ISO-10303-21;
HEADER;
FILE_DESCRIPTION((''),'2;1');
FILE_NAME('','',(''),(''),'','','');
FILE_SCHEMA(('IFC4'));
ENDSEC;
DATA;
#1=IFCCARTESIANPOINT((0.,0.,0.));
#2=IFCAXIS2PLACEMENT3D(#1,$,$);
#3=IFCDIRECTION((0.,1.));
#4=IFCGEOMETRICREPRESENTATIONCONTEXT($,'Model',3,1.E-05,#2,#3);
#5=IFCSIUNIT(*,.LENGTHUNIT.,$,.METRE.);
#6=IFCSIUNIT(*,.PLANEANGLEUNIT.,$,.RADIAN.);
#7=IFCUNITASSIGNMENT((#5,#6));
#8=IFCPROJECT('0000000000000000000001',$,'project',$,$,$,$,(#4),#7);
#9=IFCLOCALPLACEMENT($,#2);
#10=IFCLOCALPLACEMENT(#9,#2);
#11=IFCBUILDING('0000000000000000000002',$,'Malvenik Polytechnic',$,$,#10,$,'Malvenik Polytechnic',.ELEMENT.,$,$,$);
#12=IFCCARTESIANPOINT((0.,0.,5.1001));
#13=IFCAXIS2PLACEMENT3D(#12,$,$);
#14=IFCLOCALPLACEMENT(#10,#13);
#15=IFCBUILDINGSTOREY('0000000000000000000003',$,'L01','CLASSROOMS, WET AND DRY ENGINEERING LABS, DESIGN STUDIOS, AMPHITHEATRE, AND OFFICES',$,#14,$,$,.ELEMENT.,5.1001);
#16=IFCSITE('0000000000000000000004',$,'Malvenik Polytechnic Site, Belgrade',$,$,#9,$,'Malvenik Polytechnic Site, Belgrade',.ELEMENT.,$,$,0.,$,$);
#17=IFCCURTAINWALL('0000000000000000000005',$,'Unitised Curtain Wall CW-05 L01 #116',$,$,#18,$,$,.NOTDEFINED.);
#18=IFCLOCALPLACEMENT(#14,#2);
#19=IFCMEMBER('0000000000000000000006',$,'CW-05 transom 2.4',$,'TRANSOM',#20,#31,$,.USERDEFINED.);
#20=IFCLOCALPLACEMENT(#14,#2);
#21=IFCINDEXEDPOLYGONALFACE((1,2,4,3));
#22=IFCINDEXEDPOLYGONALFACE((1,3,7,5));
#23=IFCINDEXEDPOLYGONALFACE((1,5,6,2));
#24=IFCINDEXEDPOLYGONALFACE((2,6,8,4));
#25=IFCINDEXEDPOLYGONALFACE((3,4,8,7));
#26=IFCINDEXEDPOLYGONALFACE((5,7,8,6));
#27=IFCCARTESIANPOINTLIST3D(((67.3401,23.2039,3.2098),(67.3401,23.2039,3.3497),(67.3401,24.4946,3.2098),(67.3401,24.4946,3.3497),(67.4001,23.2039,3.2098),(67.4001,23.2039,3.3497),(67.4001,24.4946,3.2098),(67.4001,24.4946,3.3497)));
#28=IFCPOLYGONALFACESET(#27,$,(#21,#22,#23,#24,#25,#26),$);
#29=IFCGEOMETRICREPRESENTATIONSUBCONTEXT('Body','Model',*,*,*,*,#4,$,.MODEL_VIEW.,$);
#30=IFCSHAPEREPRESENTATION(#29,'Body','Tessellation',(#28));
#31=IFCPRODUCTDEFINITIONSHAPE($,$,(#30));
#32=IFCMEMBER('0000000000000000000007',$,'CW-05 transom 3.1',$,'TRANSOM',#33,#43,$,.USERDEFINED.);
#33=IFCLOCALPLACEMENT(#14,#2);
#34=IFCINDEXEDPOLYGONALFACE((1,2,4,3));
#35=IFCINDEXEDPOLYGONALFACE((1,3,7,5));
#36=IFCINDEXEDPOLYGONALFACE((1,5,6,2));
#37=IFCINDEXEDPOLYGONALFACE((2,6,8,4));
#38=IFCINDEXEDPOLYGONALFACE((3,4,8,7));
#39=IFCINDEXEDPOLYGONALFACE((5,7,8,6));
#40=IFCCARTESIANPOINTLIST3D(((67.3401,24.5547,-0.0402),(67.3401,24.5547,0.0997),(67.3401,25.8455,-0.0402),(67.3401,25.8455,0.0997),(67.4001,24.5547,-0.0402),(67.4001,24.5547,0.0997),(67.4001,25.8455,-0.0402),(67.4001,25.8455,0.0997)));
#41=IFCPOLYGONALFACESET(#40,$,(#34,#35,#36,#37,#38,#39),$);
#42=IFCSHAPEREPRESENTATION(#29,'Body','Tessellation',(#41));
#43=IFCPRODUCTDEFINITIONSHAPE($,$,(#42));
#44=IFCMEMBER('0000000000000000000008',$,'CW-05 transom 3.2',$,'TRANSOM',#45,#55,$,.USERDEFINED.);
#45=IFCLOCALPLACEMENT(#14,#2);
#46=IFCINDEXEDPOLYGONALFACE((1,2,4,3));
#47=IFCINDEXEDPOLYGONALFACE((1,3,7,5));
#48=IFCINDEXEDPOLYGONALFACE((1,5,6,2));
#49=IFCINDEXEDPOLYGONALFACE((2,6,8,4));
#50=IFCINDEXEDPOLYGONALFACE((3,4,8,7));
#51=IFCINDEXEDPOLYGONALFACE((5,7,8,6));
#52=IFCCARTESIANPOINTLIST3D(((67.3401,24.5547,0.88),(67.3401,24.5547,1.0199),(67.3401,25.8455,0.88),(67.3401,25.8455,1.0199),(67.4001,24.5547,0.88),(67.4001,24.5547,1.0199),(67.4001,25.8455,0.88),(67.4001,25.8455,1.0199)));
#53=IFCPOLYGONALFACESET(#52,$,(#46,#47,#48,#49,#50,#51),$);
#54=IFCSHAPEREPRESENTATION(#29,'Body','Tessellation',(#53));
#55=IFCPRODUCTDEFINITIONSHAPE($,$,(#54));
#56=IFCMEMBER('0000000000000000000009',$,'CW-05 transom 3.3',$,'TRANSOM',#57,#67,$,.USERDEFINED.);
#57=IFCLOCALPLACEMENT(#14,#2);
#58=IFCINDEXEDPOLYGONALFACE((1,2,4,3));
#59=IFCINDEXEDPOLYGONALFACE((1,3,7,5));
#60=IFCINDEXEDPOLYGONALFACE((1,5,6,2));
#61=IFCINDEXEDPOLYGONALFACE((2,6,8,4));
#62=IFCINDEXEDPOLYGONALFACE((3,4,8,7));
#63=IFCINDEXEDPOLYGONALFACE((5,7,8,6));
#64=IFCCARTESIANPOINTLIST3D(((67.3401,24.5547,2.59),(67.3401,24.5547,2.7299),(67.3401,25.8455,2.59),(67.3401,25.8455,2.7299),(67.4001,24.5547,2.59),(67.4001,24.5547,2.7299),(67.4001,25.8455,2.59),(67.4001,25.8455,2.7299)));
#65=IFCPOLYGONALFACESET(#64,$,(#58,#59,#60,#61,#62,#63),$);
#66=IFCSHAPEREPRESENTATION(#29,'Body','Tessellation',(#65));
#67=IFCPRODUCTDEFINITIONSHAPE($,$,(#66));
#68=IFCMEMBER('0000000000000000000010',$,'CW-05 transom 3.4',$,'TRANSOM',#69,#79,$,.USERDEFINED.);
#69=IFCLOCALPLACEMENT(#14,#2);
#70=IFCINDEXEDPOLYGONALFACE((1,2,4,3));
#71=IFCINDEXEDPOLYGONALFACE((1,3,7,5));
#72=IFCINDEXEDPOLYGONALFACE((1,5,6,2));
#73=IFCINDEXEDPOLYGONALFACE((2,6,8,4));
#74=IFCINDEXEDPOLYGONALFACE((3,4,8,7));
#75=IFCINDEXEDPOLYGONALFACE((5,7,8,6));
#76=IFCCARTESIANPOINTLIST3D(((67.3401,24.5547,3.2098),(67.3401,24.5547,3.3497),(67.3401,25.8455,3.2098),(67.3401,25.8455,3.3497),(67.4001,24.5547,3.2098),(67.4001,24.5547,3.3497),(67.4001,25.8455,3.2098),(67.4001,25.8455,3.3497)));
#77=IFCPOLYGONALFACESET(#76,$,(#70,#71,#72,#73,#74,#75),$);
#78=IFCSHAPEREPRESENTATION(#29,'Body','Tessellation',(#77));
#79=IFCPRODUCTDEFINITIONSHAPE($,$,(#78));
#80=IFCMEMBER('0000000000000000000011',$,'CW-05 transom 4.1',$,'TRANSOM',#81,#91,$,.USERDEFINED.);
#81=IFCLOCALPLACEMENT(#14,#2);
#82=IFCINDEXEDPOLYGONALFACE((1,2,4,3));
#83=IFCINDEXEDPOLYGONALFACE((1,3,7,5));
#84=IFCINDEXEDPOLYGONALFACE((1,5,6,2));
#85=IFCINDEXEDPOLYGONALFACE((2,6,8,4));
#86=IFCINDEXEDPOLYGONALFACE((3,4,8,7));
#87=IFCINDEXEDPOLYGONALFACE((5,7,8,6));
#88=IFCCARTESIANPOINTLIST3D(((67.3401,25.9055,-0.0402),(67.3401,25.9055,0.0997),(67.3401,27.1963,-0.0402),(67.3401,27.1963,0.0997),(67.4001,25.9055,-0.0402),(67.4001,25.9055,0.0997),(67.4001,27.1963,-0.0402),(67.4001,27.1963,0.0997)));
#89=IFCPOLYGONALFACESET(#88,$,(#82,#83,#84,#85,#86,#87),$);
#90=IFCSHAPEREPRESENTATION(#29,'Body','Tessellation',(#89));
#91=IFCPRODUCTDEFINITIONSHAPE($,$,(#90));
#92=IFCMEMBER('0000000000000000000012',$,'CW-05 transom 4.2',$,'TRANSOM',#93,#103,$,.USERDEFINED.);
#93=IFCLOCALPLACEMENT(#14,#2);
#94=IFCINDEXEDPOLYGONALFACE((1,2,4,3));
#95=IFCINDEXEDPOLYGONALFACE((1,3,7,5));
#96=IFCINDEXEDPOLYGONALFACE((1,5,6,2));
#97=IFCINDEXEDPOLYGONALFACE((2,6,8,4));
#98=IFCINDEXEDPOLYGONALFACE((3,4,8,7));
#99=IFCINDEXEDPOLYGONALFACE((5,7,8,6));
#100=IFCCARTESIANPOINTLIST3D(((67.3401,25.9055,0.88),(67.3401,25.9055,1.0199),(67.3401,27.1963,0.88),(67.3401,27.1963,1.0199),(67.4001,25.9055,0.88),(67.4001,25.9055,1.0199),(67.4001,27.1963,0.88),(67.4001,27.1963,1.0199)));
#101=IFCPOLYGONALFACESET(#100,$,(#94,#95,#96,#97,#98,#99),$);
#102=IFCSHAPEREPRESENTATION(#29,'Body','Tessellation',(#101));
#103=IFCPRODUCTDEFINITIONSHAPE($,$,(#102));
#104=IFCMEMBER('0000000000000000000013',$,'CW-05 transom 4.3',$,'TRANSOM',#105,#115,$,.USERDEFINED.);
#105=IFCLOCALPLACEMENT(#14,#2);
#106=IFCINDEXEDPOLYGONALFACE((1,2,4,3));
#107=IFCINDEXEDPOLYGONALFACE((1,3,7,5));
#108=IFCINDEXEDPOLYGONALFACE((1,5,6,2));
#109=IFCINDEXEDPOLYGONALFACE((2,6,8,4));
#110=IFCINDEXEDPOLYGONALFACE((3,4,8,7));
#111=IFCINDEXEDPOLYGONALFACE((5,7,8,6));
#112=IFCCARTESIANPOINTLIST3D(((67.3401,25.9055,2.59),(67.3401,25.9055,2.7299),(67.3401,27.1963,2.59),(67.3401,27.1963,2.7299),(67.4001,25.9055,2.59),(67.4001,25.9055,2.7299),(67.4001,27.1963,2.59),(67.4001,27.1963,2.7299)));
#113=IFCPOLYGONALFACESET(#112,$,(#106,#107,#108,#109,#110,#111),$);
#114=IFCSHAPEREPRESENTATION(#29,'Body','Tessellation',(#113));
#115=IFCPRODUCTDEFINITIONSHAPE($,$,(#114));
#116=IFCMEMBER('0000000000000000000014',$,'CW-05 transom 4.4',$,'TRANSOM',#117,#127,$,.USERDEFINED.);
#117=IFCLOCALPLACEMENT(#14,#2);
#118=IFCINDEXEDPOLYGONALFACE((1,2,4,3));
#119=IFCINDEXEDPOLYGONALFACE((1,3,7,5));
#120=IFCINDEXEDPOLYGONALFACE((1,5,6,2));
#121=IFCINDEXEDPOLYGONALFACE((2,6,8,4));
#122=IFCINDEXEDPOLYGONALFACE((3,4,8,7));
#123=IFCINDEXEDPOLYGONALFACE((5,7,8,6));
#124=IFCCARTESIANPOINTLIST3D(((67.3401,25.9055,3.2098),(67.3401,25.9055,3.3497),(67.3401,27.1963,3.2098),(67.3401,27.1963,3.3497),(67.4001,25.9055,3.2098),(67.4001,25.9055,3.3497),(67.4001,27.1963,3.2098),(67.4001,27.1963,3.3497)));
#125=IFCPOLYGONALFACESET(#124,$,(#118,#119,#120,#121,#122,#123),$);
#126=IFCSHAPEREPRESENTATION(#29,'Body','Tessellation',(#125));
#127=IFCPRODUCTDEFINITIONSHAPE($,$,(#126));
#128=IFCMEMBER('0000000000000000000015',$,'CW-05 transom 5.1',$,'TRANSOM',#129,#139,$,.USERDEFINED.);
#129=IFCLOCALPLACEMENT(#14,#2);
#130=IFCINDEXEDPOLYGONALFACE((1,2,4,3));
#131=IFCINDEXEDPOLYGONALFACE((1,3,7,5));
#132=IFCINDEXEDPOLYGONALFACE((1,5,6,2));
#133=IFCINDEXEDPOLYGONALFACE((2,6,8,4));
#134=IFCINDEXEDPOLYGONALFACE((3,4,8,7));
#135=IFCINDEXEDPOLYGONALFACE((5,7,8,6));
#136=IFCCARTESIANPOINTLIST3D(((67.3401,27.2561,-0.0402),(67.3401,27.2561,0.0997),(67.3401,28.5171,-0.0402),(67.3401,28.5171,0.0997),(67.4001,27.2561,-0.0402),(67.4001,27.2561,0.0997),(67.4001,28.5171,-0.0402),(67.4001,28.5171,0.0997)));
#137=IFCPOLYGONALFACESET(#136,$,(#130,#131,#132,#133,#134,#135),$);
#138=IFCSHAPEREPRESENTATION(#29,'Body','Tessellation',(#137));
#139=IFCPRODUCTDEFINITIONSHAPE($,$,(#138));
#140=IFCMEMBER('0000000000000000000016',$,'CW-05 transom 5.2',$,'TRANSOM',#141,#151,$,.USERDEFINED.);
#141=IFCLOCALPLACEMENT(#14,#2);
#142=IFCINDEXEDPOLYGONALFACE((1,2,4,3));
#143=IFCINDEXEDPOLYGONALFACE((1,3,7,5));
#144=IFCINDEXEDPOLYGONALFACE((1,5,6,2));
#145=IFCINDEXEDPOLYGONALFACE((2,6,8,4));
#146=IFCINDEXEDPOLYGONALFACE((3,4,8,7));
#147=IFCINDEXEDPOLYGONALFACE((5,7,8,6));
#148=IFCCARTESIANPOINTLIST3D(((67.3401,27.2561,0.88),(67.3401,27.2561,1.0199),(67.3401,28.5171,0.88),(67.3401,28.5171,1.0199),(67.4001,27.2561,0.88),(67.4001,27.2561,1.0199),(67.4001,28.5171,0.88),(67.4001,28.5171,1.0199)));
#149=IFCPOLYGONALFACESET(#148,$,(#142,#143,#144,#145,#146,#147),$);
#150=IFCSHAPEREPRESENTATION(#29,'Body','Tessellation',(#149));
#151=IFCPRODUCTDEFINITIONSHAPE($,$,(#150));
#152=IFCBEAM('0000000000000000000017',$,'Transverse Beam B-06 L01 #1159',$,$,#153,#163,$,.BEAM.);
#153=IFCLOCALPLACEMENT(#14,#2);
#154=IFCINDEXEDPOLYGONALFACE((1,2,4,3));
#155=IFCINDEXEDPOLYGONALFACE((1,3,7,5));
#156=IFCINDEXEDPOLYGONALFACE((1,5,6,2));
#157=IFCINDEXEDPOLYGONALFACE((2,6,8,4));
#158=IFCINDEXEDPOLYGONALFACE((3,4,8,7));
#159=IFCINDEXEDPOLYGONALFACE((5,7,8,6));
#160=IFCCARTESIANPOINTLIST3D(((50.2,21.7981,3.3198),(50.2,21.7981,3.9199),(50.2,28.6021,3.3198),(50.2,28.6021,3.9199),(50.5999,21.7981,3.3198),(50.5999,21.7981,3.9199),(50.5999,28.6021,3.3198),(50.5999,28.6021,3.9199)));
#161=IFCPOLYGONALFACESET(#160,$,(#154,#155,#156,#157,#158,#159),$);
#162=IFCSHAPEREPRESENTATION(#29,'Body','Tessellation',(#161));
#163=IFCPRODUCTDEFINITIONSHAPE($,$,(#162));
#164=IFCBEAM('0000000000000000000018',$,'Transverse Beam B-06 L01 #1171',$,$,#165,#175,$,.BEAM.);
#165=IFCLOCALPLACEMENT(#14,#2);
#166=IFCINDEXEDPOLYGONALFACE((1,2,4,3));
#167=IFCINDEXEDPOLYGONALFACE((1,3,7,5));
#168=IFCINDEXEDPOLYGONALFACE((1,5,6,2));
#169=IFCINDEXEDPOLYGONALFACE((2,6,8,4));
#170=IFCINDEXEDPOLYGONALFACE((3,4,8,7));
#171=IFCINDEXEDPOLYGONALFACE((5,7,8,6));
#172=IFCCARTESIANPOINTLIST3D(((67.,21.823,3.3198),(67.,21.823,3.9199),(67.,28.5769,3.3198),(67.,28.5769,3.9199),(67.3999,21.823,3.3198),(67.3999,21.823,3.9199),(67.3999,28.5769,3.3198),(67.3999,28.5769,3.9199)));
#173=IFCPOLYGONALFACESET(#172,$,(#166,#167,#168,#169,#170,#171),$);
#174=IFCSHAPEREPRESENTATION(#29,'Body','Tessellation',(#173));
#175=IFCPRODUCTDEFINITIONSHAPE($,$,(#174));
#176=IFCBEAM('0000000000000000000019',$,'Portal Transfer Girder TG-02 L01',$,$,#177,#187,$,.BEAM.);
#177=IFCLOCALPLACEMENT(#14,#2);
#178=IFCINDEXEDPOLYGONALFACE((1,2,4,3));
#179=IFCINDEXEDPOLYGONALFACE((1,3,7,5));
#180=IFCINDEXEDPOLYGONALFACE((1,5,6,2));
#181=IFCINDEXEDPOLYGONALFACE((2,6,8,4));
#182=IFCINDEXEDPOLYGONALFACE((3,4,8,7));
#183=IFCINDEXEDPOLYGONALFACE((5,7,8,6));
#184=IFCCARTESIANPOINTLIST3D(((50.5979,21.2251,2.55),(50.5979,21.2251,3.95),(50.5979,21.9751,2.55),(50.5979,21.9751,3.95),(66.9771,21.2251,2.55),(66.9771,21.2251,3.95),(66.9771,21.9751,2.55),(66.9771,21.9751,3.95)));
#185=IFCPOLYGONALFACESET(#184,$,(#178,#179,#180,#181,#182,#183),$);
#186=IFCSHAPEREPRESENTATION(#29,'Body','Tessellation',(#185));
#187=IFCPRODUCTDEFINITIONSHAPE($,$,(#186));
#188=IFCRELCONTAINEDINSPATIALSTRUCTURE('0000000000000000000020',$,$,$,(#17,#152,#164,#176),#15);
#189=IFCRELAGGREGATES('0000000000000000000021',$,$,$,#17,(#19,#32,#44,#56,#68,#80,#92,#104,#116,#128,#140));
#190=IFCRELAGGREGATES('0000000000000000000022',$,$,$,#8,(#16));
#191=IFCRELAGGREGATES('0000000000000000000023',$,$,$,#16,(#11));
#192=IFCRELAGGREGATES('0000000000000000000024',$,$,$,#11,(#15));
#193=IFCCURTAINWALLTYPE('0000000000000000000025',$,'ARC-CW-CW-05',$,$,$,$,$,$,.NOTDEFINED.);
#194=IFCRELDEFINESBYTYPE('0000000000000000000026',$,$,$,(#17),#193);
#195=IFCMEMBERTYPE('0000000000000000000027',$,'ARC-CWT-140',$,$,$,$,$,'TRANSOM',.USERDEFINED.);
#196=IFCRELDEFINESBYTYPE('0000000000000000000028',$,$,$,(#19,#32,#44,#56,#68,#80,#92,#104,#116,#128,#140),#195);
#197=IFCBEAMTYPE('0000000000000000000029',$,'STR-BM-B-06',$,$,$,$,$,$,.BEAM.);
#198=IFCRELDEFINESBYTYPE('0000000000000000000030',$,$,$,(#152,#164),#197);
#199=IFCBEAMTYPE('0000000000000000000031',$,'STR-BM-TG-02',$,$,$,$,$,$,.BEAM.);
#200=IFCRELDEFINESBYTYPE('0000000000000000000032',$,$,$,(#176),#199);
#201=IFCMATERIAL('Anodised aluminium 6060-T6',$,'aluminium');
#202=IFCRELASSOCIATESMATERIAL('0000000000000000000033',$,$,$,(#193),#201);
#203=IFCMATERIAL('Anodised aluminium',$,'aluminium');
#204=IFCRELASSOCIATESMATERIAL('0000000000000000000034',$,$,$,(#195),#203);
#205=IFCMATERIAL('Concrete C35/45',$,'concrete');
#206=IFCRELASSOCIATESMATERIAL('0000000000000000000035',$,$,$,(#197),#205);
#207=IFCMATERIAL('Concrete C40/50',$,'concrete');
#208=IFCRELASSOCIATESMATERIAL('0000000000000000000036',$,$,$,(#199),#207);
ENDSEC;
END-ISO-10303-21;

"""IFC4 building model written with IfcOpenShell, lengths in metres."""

from ifc_helpers import new_model, si_unit, direction, frame, origin, origin_2d, place, context, subcontext, project, spatial, rectangle, extrude, material, material_profile, profile_set, type_object, element, aggregate, save


model = new_model("IFC4")

# Units and contexts
model_context = context("Model", 3, precision=1e-05, world=origin(), true_north=direction((0.0, 1.0)))
body_context = subcontext(model_context, "Body", "Model", "MODEL_VIEW")
ifc_project = project(units=[si_unit("LENGTHUNIT", "METRE"), si_unit("PLANEANGLEUNIT", "RADIAN")], contexts=[model_context])

# Site, building, storey
site_placement = place(None, origin())
site = spatial("IfcSite", under=ifc_project, at=site_placement, Name="Malvenik Polytechnic Site, Belgrade", LongName="Malvenik Polytechnic Site, Belgrade", CompositionType="ELEMENT", RefElevation=0.0)
building_placement = place(site_placement, origin())
building = spatial("IfcBuilding", under=site, at=building_placement, Name="Malvenik Polytechnic", LongName="Malvenik Polytechnic", CompositionType="ELEMENT")
storey_placement = place(building_placement, frame((0.0, 0.0, 5.1001)))
storey = spatial("IfcBuildingStorey", under=building, at=storey_placement, Name="L01", Description="CLASSROOMS, WET AND DRY ENGINEERING LABS, DESIGN STUDIOS, AMPHITHEATRE, AND OFFICES", CompositionType="ELEMENT", Elevation=5.1001)

# Shared definitions
ifc_material_1 = material(Name="Concrete C35/45", Category="concrete")

# Curtain wall, members
ifc_material_2 = material(Name="Anodised aluminium 6060-T6", Category="aluminium")
curtain_wall_type = type_object("IfcCurtainWallType", Name="ARC-CW-CW-05", PredefinedType="NOTDEFINED", material=ifc_material_2)
curtain_wall_placement = place(storey_placement, origin())
curtain_wall = element("IfcCurtainWall", 1, at=curtain_wall_placement, inside=storey, type_object=curtain_wall_type, Name="Unitised Curtain Wall CW-05 L01 #116", PredefinedType="NOTDEFINED")
ifc_material_3 = material(Name="Anodised aluminium", Category="aluminium")
ifc_material_profile_1 = material_profile(ifc_material_3, rectangle(XDim=0.0601, YDim=0.1399, at=origin_2d()), Name="ALU TRANSOM 60x140")
ifc_profile_set_1 = profile_set([ifc_material_profile_1], Name="Anodised aluminium")
member_type_1 = type_object("IfcMemberType", Name="ARC-CWT-140", ElementType="TRANSOM", PredefinedType="USERDEFINED", material=ifc_profile_set_1)
member_1_placement = place(storey_placement, frame((67.3701, 23.2039, 3.2798), z_axis=(0.0, 1.0, 0.0), x_axis=(-1.0, 0.0, 0.0)))
member_1 = element("IfcMember", 2, at=member_1_placement, type_object=member_type_1, Name="CW-05 transom 2.4", ObjectType="TRANSOM", PredefinedType="USERDEFINED", context=body_context, shape_type="SweptSolid", body=[
    extrude(rectangle(XDim=0.0601, YDim=0.1399, at=origin_2d()), origin(), (0.0, 0.0, 1.0), 1.2908),
])
member_2_placement = place(storey_placement, frame((67.3701, 24.5547, 0.0298), z_axis=(0.0, 1.0, 0.0), x_axis=(-1.0, 0.0, 0.0)))
member_2 = element("IfcMember", 3, at=member_2_placement, type_object=member_type_1, Name="CW-05 transom 3.1", ObjectType="TRANSOM", PredefinedType="USERDEFINED", context=body_context, shape_type="SweptSolid", body=[
    extrude(rectangle(XDim=0.0601, YDim=0.1399, at=origin_2d()), origin(), (0.0, 0.0, 1.0), 1.2908),
])
member_3_placement = place(storey_placement, frame((67.3701, 24.5547, 0.95), z_axis=(0.0, 1.0, 0.0), x_axis=(-1.0, 0.0, 0.0)))
member_3 = element("IfcMember", 4, at=member_3_placement, type_object=member_type_1, Name="CW-05 transom 3.2", ObjectType="TRANSOM", PredefinedType="USERDEFINED", context=body_context, shape_type="SweptSolid", body=[
    extrude(rectangle(XDim=0.0601, YDim=0.1399, at=origin_2d()), origin(), (0.0, 0.0, 1.0), 1.2908),
])
member_4_placement = place(storey_placement, frame((67.3701, 24.5547, 2.6599), z_axis=(0.0, 1.0, 0.0), x_axis=(-1.0, 0.0, 0.0)))
member_4 = element("IfcMember", 5, at=member_4_placement, type_object=member_type_1, Name="CW-05 transom 3.3", ObjectType="TRANSOM", PredefinedType="USERDEFINED", context=body_context, shape_type="SweptSolid", body=[
    extrude(rectangle(XDim=0.0601, YDim=0.1399, at=origin_2d()), origin(), (0.0, 0.0, 1.0), 1.2908),
])
member_5_placement = place(storey_placement, frame((67.3701, 24.5547, 3.2798), z_axis=(0.0, 1.0, 0.0), x_axis=(-1.0, 0.0, 0.0)))
member_5 = element("IfcMember", 6, at=member_5_placement, type_object=member_type_1, Name="CW-05 transom 3.4", ObjectType="TRANSOM", PredefinedType="USERDEFINED", context=body_context, shape_type="SweptSolid", body=[
    extrude(rectangle(XDim=0.0601, YDim=0.1399, at=origin_2d()), origin(), (0.0, 0.0, 1.0), 1.2908),
])
member_6_placement = place(storey_placement, frame((67.3701, 25.9055, 0.0298), z_axis=(0.0, 1.0, 0.0), x_axis=(-1.0, 0.0, 0.0)))
member_6 = element("IfcMember", 7, at=member_6_placement, type_object=member_type_1, Name="CW-05 transom 4.1", ObjectType="TRANSOM", PredefinedType="USERDEFINED", context=body_context, shape_type="SweptSolid", body=[
    extrude(rectangle(XDim=0.0601, YDim=0.1399, at=origin_2d()), origin(), (0.0, 0.0, 1.0), 1.2908),
])
member_7_placement = place(storey_placement, frame((67.3701, 25.9055, 0.95), z_axis=(0.0, 1.0, 0.0), x_axis=(-1.0, 0.0, 0.0)))
member_7 = element("IfcMember", 8, at=member_7_placement, type_object=member_type_1, Name="CW-05 transom 4.2", ObjectType="TRANSOM", PredefinedType="USERDEFINED", context=body_context, shape_type="SweptSolid", body=[
    extrude(rectangle(XDim=0.0601, YDim=0.1399, at=origin_2d()), origin(), (0.0, 0.0, 1.0), 1.2908),
])
member_8_placement = place(storey_placement, frame((67.3701, 25.9055, 2.6599), z_axis=(0.0, 1.0, 0.0), x_axis=(-1.0, 0.0, 0.0)))
member_8 = element("IfcMember", 9, at=member_8_placement, type_object=member_type_1, Name="CW-05 transom 4.3", ObjectType="TRANSOM", PredefinedType="USERDEFINED", context=body_context, shape_type="SweptSolid", body=[
    extrude(rectangle(XDim=0.0601, YDim=0.1399, at=origin_2d()), origin(), (0.0, 0.0, 1.0), 1.2908),
])
member_9_placement = place(storey_placement, frame((67.3701, 25.9055, 3.2798), z_axis=(0.0, 1.0, 0.0), x_axis=(-1.0, 0.0, 0.0)))
member_9 = element("IfcMember", 10, at=member_9_placement, type_object=member_type_1, Name="CW-05 transom 4.4", ObjectType="TRANSOM", PredefinedType="USERDEFINED", context=body_context, shape_type="SweptSolid", body=[
    extrude(rectangle(XDim=0.0601, YDim=0.1399, at=origin_2d()), origin(), (0.0, 0.0, 1.0), 1.2908),
])
member_10_placement = place(storey_placement, frame((67.3701, 27.2561, 0.0298), z_axis=(0.0, 1.0, 0.0), x_axis=(-1.0, 0.0, 0.0)))
member_10 = element("IfcMember", 11, at=member_10_placement, type_object=member_type_1, Name="CW-05 transom 5.1", ObjectType="TRANSOM", PredefinedType="USERDEFINED", context=body_context, shape_type="SweptSolid", body=[
    extrude(rectangle(XDim=0.0601, YDim=0.1399, at=origin_2d()), origin(), (0.0, 0.0, 1.0), 1.261),
])
member_11_placement = place(storey_placement, frame((67.3701, 27.2561, 0.95), z_axis=(0.0, 1.0, 0.0), x_axis=(-1.0, 0.0, 0.0)))
member_11 = element("IfcMember", 12, at=member_11_placement, type_object=member_type_1, Name="CW-05 transom 5.2", ObjectType="TRANSOM", PredefinedType="USERDEFINED", context=body_context, shape_type="SweptSolid", body=[
    extrude(rectangle(XDim=0.0601, YDim=0.1399, at=origin_2d()), origin(), (0.0, 0.0, 1.0), 1.261),
])

# Beams
ifc_material_profile_2 = material_profile(ifc_material_1, rectangle(XDim=0.3999, YDim=0.6001, at=origin_2d()), Name="RC BM 400x600")
ifc_profile_set_2 = profile_set([ifc_material_profile_2], Name="Concrete C35/45")
beam_type_1 = type_object("IfcBeamType", Name="STR-BM-B-06", PredefinedType="BEAM", material=ifc_profile_set_2)
beam_1_placement = place(storey_placement, frame((50.3999, 21.7981, 3.6199), z_axis=(0.0, 1.0, 0.0), x_axis=(-1.0, 0.0, 0.0)))
element("IfcBeam", 13, at=beam_1_placement, inside=storey, type_object=beam_type_1, Name="Transverse Beam B-06 L01 #1159", PredefinedType="BEAM", context=body_context, shape_type="SweptSolid", body=[
    extrude(rectangle(XDim=0.3999, YDim=0.6001, at=origin_2d()), origin(), (0.0, 0.0, 1.0), 6.804),
])
beam_2_placement = place(storey_placement, frame((67.2, 21.823, 3.6199), z_axis=(0.0, 1.0, 0.0), x_axis=(-1.0, 0.0, 0.0)))
element("IfcBeam", 14, at=beam_2_placement, inside=storey, type_object=beam_type_1, Name="Transverse Beam B-06 L01 #1171", PredefinedType="BEAM", context=body_context, shape_type="SweptSolid", body=[
    extrude(rectangle(XDim=0.3999, YDim=0.6001, at=origin_2d()), origin(), (0.0, 0.0, 1.0), 6.7539),
])
ifc_material_4 = material(Name="Concrete C40/50", Category="concrete")
ifc_material_profile_3 = material_profile(ifc_material_4, rectangle(XDim=0.75, YDim=1.3999, at=origin_2d()), Name="RC TG 750x1400")
ifc_profile_set_3 = profile_set([ifc_material_profile_3], Name="Concrete C40/50")
beam_type_2 = type_object("IfcBeamType", Name="STR-BM-TG-02", PredefinedType="BEAM", material=ifc_profile_set_3)
beam_3_placement = place(storey_placement, frame((50.5979, 21.6001, 3.25), z_axis=(1.0, 0.0, 0.0), x_axis=(0.0, 1.0, 0.0)))
element("IfcBeam", 15, at=beam_3_placement, inside=storey, type_object=beam_type_2, Name="Portal Transfer Girder TG-02 L01", PredefinedType="BEAM", context=body_context, shape_type="SweptSolid", body=[
    extrude(rectangle(XDim=0.75, YDim=1.3999, at=origin_2d()), origin(), (0.0, 0.0, 1.0), 16.3792),
])

aggregate(curtain_wall, [member_1, member_2, member_3, member_4, member_5, member_6, member_7, member_8, member_9, member_10, member_11])

save(model, "model.ifc")
